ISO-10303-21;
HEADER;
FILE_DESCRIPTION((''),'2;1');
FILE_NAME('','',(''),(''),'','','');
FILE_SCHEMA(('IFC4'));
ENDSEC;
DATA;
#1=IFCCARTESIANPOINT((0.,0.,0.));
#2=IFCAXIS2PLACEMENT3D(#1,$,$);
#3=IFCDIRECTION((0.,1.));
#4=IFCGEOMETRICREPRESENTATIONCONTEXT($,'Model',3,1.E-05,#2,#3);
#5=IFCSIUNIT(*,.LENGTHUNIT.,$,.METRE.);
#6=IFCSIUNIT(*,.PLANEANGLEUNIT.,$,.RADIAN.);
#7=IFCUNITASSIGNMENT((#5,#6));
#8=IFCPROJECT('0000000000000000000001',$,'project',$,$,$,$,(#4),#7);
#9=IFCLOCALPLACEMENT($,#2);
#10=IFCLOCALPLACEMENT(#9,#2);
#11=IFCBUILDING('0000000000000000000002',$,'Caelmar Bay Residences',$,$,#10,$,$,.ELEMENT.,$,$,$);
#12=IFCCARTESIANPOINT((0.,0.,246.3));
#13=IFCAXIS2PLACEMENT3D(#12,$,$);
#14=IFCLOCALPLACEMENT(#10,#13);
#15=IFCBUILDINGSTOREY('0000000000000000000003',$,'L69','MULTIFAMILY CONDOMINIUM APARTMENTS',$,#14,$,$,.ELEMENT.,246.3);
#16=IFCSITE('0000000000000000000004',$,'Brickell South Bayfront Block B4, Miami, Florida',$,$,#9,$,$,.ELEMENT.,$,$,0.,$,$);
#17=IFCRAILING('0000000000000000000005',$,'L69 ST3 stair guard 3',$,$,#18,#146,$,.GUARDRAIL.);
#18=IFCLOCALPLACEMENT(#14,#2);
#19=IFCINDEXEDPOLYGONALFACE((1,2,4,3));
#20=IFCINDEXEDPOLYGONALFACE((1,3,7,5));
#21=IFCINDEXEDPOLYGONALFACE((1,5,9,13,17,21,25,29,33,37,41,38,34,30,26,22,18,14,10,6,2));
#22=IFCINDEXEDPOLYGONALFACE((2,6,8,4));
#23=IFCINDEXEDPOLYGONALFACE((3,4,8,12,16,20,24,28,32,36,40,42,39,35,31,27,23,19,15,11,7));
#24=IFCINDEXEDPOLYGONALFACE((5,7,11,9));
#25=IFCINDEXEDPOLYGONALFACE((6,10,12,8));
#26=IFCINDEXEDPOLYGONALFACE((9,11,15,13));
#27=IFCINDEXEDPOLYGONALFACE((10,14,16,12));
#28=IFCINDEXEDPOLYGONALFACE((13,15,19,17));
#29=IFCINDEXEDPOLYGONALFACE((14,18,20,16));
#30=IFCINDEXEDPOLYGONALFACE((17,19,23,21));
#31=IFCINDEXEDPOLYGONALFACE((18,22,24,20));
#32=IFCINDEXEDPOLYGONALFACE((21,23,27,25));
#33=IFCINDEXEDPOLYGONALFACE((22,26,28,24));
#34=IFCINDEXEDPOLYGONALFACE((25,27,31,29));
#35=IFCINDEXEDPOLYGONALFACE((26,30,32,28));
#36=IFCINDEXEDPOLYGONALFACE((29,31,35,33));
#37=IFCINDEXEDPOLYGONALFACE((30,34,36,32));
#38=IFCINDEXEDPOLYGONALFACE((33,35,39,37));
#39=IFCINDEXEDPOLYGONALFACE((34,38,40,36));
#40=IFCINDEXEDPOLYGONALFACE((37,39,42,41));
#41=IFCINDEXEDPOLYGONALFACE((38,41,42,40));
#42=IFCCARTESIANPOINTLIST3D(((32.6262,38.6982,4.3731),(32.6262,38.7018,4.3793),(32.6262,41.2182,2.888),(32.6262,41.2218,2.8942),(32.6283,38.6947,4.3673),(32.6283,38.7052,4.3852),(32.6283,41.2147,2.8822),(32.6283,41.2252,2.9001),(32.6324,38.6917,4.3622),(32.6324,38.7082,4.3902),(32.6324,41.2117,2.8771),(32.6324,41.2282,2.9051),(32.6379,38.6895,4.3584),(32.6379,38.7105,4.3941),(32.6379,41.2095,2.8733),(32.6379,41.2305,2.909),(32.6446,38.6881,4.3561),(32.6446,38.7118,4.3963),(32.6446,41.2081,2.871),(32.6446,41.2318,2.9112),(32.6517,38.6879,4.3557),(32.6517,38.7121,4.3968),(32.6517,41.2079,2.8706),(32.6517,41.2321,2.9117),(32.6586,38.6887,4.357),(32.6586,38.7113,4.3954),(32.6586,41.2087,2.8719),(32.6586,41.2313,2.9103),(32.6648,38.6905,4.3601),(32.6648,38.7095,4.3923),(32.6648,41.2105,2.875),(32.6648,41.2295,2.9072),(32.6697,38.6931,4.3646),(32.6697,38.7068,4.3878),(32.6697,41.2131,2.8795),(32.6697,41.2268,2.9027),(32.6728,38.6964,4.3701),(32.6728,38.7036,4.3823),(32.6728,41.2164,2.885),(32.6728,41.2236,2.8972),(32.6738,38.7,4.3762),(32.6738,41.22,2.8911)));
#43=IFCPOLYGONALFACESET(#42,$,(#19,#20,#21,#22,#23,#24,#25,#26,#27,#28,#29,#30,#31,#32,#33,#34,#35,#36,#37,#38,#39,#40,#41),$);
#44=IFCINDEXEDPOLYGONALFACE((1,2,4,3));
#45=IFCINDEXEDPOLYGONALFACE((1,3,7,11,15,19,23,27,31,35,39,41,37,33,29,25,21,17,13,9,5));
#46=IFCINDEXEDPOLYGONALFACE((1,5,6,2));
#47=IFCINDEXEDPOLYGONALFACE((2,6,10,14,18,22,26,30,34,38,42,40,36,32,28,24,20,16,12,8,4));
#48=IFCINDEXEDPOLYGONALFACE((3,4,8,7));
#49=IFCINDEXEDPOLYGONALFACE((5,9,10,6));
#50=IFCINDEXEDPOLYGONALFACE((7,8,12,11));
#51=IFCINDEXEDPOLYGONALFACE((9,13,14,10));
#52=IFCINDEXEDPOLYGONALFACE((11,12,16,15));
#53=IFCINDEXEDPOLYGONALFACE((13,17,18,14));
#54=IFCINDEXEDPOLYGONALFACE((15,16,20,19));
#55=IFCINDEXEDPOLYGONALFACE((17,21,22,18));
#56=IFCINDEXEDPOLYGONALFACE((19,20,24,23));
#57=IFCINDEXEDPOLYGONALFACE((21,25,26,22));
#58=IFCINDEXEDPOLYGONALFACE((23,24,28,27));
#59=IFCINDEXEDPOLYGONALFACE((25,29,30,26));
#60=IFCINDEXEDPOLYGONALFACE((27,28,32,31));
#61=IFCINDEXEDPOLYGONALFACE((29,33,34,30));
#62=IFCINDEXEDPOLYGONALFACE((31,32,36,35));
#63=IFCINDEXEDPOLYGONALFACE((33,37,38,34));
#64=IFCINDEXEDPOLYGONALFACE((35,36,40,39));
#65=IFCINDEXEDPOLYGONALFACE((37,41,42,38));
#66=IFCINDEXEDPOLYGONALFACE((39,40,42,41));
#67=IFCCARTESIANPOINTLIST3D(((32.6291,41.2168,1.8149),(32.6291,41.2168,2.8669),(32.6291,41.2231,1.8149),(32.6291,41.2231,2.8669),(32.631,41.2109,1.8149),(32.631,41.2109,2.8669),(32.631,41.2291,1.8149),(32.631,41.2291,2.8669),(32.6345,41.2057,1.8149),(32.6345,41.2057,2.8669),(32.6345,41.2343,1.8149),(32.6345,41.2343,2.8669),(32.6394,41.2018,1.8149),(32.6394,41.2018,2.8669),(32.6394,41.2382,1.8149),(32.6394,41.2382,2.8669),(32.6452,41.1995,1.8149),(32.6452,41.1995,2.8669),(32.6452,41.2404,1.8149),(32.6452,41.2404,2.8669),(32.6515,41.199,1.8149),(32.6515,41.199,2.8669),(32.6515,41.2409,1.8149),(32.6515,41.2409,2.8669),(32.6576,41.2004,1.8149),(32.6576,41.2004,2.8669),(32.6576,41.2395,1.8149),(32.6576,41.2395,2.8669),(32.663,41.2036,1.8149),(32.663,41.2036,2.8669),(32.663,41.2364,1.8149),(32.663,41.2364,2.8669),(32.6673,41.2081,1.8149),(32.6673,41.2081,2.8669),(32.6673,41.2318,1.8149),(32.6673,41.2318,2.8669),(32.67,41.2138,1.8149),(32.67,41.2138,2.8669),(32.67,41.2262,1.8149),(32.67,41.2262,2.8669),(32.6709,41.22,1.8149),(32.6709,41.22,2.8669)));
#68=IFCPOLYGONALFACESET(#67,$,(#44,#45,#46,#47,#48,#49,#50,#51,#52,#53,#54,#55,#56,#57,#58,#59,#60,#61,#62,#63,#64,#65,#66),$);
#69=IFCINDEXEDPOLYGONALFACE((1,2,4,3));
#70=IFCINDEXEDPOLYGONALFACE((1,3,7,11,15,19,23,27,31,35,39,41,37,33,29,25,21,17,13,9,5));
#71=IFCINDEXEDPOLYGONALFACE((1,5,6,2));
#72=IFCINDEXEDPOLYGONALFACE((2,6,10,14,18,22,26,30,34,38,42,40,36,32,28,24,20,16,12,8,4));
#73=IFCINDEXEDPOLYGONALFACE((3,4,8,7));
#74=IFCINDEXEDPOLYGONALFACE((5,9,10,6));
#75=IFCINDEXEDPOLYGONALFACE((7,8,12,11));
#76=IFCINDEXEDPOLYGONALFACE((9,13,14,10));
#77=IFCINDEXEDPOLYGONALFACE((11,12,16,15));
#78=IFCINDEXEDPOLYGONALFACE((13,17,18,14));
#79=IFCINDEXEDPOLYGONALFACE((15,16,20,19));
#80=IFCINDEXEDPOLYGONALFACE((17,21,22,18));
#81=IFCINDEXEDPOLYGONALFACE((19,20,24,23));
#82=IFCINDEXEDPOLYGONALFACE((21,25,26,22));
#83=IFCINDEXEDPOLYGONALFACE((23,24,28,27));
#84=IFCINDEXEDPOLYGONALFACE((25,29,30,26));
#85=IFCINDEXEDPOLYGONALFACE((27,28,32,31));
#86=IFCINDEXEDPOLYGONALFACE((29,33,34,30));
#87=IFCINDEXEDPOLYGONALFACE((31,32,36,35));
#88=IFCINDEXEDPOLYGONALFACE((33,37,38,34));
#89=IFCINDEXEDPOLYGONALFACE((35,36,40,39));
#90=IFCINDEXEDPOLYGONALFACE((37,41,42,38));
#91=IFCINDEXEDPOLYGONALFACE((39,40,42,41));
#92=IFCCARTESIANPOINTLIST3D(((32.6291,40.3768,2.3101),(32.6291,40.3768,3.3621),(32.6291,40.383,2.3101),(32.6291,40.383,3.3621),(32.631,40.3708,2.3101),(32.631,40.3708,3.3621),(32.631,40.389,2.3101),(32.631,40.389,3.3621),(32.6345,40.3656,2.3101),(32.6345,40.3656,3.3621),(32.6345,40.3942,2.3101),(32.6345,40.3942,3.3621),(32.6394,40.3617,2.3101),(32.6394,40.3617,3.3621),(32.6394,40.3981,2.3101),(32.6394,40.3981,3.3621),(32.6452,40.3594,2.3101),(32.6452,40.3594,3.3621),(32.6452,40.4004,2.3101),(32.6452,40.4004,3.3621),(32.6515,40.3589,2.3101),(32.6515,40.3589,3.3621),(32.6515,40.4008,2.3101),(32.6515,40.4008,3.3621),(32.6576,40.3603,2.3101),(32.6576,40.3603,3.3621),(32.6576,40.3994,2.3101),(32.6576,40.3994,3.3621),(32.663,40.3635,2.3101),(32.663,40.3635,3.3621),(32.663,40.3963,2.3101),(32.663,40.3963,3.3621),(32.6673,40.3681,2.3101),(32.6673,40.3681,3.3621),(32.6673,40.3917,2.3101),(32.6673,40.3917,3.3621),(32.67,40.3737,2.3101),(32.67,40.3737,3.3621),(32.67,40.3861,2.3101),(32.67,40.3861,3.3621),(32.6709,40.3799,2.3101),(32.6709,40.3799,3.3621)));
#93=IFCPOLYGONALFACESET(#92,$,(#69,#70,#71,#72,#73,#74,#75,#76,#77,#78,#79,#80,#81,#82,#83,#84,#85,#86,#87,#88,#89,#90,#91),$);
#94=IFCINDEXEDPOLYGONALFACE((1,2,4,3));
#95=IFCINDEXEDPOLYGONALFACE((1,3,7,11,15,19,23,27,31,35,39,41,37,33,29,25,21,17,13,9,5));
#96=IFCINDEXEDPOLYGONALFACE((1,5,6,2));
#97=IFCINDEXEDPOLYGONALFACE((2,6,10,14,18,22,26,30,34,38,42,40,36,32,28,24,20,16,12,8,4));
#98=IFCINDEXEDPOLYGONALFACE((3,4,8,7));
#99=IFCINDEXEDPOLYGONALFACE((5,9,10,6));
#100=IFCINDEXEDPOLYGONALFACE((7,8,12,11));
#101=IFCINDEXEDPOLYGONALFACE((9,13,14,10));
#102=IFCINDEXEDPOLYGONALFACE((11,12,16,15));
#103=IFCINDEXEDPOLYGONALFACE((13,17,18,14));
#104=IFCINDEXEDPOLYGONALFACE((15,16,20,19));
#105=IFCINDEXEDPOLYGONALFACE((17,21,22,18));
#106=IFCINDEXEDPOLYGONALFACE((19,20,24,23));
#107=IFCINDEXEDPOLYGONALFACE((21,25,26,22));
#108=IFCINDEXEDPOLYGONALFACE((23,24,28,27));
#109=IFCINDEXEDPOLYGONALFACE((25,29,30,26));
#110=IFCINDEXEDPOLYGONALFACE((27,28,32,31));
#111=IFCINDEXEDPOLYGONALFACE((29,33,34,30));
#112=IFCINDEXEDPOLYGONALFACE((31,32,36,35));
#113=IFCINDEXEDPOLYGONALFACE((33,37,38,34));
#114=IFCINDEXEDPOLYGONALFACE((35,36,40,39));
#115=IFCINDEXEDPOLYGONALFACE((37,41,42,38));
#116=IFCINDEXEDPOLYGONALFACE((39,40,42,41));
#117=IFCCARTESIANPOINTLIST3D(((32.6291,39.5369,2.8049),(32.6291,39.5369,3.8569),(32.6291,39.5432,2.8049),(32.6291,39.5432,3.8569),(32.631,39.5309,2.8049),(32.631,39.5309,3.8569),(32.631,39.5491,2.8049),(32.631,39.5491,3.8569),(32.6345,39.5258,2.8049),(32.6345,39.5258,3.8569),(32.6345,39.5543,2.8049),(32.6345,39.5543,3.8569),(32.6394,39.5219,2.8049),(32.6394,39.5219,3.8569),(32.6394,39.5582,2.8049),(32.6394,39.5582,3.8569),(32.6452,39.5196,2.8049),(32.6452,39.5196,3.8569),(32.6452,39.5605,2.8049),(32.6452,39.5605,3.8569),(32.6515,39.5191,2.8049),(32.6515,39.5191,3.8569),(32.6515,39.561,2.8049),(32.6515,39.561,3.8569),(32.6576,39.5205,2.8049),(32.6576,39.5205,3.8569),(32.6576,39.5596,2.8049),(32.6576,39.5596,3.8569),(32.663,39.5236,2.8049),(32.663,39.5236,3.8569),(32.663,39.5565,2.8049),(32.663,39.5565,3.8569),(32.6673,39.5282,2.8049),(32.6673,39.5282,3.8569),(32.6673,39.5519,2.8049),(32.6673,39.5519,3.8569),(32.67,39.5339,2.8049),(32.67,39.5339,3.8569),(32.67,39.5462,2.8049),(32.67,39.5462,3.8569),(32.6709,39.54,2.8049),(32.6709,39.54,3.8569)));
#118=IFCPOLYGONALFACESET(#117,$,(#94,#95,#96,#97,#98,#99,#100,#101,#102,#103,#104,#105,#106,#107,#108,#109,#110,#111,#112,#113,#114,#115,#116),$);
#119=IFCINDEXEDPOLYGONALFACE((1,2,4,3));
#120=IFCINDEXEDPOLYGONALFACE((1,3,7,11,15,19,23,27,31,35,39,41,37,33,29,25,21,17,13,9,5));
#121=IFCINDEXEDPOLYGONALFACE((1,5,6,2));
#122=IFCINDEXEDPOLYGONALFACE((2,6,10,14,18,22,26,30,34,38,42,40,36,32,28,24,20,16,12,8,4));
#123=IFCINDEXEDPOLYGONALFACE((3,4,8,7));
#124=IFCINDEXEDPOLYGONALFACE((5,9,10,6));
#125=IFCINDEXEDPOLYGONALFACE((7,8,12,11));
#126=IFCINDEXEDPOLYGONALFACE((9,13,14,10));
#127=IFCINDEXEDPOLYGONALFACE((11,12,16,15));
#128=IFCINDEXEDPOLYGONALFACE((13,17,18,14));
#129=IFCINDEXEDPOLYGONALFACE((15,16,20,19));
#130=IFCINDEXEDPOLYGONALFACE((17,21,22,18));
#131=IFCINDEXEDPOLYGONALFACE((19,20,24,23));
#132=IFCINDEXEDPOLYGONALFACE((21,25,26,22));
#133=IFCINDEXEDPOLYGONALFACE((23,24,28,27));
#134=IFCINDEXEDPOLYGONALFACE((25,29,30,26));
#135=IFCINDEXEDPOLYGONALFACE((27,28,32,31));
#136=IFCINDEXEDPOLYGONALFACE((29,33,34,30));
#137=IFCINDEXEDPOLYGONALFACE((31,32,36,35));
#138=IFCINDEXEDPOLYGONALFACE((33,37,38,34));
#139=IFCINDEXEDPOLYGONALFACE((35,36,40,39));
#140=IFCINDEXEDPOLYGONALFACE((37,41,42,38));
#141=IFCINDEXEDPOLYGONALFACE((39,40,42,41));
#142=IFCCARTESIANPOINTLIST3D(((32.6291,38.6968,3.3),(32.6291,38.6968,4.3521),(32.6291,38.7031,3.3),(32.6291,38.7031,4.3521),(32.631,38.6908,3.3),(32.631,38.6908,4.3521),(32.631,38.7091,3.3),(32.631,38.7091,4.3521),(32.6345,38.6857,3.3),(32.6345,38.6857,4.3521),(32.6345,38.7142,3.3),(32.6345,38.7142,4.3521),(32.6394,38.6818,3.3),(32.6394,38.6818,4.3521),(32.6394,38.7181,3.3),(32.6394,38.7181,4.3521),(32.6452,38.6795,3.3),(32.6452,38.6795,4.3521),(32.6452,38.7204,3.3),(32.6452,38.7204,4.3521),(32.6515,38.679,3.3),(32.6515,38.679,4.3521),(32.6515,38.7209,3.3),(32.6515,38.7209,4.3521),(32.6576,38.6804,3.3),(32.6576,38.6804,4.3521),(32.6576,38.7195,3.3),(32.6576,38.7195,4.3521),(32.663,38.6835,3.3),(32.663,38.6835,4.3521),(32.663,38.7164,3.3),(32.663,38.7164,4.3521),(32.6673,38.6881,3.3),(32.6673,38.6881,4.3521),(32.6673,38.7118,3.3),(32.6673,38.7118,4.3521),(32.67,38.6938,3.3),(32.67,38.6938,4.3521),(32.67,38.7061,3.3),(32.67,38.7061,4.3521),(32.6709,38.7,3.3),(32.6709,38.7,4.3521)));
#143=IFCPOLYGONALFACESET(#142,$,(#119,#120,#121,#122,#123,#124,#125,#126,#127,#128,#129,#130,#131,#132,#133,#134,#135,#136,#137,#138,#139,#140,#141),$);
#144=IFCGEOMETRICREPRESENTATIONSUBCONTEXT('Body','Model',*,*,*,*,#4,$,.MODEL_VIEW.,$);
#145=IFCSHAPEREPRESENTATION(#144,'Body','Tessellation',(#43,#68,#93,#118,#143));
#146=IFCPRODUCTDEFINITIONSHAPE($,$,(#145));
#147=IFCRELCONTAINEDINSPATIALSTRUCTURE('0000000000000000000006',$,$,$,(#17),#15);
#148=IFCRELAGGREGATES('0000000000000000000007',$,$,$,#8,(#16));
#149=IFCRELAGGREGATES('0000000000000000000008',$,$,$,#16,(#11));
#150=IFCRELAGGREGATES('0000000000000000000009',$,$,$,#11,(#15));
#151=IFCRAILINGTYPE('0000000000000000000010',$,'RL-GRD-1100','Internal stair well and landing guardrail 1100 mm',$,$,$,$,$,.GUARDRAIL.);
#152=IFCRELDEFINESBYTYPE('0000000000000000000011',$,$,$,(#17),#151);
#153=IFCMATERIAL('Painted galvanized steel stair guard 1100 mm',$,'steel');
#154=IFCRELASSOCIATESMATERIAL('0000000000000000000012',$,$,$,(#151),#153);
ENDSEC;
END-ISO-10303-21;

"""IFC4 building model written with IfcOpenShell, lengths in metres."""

from ifc_helpers import new_model, si_unit, direction, frame, origin, origin_2d, place, context, subcontext, project, spatial, circle, extrude, material, type_object, element, save


model = new_model("IFC4")

# Units and contexts
model_context = context("Model", 3, precision=1e-05, world=origin(), true_north=direction((0.0, 1.0)))
body_context = subcontext(model_context, "Body", "Model", "MODEL_VIEW")
ifc_project = project(units=[si_unit("LENGTHUNIT", "METRE"), si_unit("PLANEANGLEUNIT", "RADIAN")], contexts=[model_context])

# Site, building, storey
site_placement = place(None, origin())
site = spatial("IfcSite", under=ifc_project, at=site_placement, Name="Brickell South Bayfront Block B4, Miami, Florida", CompositionType="ELEMENT", RefElevation=0.0)
building_placement = place(site_placement, origin())
building = spatial("IfcBuilding", under=site, at=building_placement, Name="Caelmar Bay Residences", CompositionType="ELEMENT")
storey_placement = place(building_placement, frame((0.0, 0.0, 246.3)))
storey = spatial("IfcBuildingStorey", under=building, at=storey_placement, Name="L69", Description="MULTIFAMILY CONDOMINIUM APARTMENTS", CompositionType="ELEMENT", Elevation=246.3)

# Railing
ifc_material_1 = material(Name="Painted galvanized steel stair guard 1100 mm", Category="steel")
railing_type_1 = type_object("IfcRailingType", Name="RL-GRD-1100", Description="Internal stair well and landing guardrail 1100 mm", PredefinedType="GUARDRAIL", material=ifc_material_1)
railing_1_placement = place(storey_placement, frame((32.6499, 41.22, 1.8149)))
element("IfcRailing", 1, at=railing_1_placement, inside=storey, type_object=railing_type_1, Name="L69 ST3 stair guard 3", PredefinedType="GUARDRAIL", context=body_context, shape_type="SweptSolid", body=[
    extrude(circle(Radius=0.0239, at=origin_2d()), frame((0.0, 0.0, 1.0762), z_axis=(0.0, -0.861524, 0.507717), x_axis=(1.0, 0.0, 0.0)), (0.0, 0.0, 1.0), 2.925),
    extrude(circle(Radius=0.021, at=origin_2d()), origin(), (0.0, 0.0, 1.0), 1.052),
    extrude(circle(Radius=0.021, at=origin_2d()), frame((0.0, -0.8401, 0.4951)), (0.0, 0.0, 1.0), 1.052),
    extrude(circle(Radius=0.021, at=origin_2d()), frame((0.0, -1.6799, 0.99)), (0.0, 0.0, 1.0), 1.052),
    extrude(circle(Radius=0.021, at=origin_2d()), frame((0.0, -2.52, 1.4851)), (0.0, 0.0, 1.0), 1.052),
])

save(model, "model.ifc")
